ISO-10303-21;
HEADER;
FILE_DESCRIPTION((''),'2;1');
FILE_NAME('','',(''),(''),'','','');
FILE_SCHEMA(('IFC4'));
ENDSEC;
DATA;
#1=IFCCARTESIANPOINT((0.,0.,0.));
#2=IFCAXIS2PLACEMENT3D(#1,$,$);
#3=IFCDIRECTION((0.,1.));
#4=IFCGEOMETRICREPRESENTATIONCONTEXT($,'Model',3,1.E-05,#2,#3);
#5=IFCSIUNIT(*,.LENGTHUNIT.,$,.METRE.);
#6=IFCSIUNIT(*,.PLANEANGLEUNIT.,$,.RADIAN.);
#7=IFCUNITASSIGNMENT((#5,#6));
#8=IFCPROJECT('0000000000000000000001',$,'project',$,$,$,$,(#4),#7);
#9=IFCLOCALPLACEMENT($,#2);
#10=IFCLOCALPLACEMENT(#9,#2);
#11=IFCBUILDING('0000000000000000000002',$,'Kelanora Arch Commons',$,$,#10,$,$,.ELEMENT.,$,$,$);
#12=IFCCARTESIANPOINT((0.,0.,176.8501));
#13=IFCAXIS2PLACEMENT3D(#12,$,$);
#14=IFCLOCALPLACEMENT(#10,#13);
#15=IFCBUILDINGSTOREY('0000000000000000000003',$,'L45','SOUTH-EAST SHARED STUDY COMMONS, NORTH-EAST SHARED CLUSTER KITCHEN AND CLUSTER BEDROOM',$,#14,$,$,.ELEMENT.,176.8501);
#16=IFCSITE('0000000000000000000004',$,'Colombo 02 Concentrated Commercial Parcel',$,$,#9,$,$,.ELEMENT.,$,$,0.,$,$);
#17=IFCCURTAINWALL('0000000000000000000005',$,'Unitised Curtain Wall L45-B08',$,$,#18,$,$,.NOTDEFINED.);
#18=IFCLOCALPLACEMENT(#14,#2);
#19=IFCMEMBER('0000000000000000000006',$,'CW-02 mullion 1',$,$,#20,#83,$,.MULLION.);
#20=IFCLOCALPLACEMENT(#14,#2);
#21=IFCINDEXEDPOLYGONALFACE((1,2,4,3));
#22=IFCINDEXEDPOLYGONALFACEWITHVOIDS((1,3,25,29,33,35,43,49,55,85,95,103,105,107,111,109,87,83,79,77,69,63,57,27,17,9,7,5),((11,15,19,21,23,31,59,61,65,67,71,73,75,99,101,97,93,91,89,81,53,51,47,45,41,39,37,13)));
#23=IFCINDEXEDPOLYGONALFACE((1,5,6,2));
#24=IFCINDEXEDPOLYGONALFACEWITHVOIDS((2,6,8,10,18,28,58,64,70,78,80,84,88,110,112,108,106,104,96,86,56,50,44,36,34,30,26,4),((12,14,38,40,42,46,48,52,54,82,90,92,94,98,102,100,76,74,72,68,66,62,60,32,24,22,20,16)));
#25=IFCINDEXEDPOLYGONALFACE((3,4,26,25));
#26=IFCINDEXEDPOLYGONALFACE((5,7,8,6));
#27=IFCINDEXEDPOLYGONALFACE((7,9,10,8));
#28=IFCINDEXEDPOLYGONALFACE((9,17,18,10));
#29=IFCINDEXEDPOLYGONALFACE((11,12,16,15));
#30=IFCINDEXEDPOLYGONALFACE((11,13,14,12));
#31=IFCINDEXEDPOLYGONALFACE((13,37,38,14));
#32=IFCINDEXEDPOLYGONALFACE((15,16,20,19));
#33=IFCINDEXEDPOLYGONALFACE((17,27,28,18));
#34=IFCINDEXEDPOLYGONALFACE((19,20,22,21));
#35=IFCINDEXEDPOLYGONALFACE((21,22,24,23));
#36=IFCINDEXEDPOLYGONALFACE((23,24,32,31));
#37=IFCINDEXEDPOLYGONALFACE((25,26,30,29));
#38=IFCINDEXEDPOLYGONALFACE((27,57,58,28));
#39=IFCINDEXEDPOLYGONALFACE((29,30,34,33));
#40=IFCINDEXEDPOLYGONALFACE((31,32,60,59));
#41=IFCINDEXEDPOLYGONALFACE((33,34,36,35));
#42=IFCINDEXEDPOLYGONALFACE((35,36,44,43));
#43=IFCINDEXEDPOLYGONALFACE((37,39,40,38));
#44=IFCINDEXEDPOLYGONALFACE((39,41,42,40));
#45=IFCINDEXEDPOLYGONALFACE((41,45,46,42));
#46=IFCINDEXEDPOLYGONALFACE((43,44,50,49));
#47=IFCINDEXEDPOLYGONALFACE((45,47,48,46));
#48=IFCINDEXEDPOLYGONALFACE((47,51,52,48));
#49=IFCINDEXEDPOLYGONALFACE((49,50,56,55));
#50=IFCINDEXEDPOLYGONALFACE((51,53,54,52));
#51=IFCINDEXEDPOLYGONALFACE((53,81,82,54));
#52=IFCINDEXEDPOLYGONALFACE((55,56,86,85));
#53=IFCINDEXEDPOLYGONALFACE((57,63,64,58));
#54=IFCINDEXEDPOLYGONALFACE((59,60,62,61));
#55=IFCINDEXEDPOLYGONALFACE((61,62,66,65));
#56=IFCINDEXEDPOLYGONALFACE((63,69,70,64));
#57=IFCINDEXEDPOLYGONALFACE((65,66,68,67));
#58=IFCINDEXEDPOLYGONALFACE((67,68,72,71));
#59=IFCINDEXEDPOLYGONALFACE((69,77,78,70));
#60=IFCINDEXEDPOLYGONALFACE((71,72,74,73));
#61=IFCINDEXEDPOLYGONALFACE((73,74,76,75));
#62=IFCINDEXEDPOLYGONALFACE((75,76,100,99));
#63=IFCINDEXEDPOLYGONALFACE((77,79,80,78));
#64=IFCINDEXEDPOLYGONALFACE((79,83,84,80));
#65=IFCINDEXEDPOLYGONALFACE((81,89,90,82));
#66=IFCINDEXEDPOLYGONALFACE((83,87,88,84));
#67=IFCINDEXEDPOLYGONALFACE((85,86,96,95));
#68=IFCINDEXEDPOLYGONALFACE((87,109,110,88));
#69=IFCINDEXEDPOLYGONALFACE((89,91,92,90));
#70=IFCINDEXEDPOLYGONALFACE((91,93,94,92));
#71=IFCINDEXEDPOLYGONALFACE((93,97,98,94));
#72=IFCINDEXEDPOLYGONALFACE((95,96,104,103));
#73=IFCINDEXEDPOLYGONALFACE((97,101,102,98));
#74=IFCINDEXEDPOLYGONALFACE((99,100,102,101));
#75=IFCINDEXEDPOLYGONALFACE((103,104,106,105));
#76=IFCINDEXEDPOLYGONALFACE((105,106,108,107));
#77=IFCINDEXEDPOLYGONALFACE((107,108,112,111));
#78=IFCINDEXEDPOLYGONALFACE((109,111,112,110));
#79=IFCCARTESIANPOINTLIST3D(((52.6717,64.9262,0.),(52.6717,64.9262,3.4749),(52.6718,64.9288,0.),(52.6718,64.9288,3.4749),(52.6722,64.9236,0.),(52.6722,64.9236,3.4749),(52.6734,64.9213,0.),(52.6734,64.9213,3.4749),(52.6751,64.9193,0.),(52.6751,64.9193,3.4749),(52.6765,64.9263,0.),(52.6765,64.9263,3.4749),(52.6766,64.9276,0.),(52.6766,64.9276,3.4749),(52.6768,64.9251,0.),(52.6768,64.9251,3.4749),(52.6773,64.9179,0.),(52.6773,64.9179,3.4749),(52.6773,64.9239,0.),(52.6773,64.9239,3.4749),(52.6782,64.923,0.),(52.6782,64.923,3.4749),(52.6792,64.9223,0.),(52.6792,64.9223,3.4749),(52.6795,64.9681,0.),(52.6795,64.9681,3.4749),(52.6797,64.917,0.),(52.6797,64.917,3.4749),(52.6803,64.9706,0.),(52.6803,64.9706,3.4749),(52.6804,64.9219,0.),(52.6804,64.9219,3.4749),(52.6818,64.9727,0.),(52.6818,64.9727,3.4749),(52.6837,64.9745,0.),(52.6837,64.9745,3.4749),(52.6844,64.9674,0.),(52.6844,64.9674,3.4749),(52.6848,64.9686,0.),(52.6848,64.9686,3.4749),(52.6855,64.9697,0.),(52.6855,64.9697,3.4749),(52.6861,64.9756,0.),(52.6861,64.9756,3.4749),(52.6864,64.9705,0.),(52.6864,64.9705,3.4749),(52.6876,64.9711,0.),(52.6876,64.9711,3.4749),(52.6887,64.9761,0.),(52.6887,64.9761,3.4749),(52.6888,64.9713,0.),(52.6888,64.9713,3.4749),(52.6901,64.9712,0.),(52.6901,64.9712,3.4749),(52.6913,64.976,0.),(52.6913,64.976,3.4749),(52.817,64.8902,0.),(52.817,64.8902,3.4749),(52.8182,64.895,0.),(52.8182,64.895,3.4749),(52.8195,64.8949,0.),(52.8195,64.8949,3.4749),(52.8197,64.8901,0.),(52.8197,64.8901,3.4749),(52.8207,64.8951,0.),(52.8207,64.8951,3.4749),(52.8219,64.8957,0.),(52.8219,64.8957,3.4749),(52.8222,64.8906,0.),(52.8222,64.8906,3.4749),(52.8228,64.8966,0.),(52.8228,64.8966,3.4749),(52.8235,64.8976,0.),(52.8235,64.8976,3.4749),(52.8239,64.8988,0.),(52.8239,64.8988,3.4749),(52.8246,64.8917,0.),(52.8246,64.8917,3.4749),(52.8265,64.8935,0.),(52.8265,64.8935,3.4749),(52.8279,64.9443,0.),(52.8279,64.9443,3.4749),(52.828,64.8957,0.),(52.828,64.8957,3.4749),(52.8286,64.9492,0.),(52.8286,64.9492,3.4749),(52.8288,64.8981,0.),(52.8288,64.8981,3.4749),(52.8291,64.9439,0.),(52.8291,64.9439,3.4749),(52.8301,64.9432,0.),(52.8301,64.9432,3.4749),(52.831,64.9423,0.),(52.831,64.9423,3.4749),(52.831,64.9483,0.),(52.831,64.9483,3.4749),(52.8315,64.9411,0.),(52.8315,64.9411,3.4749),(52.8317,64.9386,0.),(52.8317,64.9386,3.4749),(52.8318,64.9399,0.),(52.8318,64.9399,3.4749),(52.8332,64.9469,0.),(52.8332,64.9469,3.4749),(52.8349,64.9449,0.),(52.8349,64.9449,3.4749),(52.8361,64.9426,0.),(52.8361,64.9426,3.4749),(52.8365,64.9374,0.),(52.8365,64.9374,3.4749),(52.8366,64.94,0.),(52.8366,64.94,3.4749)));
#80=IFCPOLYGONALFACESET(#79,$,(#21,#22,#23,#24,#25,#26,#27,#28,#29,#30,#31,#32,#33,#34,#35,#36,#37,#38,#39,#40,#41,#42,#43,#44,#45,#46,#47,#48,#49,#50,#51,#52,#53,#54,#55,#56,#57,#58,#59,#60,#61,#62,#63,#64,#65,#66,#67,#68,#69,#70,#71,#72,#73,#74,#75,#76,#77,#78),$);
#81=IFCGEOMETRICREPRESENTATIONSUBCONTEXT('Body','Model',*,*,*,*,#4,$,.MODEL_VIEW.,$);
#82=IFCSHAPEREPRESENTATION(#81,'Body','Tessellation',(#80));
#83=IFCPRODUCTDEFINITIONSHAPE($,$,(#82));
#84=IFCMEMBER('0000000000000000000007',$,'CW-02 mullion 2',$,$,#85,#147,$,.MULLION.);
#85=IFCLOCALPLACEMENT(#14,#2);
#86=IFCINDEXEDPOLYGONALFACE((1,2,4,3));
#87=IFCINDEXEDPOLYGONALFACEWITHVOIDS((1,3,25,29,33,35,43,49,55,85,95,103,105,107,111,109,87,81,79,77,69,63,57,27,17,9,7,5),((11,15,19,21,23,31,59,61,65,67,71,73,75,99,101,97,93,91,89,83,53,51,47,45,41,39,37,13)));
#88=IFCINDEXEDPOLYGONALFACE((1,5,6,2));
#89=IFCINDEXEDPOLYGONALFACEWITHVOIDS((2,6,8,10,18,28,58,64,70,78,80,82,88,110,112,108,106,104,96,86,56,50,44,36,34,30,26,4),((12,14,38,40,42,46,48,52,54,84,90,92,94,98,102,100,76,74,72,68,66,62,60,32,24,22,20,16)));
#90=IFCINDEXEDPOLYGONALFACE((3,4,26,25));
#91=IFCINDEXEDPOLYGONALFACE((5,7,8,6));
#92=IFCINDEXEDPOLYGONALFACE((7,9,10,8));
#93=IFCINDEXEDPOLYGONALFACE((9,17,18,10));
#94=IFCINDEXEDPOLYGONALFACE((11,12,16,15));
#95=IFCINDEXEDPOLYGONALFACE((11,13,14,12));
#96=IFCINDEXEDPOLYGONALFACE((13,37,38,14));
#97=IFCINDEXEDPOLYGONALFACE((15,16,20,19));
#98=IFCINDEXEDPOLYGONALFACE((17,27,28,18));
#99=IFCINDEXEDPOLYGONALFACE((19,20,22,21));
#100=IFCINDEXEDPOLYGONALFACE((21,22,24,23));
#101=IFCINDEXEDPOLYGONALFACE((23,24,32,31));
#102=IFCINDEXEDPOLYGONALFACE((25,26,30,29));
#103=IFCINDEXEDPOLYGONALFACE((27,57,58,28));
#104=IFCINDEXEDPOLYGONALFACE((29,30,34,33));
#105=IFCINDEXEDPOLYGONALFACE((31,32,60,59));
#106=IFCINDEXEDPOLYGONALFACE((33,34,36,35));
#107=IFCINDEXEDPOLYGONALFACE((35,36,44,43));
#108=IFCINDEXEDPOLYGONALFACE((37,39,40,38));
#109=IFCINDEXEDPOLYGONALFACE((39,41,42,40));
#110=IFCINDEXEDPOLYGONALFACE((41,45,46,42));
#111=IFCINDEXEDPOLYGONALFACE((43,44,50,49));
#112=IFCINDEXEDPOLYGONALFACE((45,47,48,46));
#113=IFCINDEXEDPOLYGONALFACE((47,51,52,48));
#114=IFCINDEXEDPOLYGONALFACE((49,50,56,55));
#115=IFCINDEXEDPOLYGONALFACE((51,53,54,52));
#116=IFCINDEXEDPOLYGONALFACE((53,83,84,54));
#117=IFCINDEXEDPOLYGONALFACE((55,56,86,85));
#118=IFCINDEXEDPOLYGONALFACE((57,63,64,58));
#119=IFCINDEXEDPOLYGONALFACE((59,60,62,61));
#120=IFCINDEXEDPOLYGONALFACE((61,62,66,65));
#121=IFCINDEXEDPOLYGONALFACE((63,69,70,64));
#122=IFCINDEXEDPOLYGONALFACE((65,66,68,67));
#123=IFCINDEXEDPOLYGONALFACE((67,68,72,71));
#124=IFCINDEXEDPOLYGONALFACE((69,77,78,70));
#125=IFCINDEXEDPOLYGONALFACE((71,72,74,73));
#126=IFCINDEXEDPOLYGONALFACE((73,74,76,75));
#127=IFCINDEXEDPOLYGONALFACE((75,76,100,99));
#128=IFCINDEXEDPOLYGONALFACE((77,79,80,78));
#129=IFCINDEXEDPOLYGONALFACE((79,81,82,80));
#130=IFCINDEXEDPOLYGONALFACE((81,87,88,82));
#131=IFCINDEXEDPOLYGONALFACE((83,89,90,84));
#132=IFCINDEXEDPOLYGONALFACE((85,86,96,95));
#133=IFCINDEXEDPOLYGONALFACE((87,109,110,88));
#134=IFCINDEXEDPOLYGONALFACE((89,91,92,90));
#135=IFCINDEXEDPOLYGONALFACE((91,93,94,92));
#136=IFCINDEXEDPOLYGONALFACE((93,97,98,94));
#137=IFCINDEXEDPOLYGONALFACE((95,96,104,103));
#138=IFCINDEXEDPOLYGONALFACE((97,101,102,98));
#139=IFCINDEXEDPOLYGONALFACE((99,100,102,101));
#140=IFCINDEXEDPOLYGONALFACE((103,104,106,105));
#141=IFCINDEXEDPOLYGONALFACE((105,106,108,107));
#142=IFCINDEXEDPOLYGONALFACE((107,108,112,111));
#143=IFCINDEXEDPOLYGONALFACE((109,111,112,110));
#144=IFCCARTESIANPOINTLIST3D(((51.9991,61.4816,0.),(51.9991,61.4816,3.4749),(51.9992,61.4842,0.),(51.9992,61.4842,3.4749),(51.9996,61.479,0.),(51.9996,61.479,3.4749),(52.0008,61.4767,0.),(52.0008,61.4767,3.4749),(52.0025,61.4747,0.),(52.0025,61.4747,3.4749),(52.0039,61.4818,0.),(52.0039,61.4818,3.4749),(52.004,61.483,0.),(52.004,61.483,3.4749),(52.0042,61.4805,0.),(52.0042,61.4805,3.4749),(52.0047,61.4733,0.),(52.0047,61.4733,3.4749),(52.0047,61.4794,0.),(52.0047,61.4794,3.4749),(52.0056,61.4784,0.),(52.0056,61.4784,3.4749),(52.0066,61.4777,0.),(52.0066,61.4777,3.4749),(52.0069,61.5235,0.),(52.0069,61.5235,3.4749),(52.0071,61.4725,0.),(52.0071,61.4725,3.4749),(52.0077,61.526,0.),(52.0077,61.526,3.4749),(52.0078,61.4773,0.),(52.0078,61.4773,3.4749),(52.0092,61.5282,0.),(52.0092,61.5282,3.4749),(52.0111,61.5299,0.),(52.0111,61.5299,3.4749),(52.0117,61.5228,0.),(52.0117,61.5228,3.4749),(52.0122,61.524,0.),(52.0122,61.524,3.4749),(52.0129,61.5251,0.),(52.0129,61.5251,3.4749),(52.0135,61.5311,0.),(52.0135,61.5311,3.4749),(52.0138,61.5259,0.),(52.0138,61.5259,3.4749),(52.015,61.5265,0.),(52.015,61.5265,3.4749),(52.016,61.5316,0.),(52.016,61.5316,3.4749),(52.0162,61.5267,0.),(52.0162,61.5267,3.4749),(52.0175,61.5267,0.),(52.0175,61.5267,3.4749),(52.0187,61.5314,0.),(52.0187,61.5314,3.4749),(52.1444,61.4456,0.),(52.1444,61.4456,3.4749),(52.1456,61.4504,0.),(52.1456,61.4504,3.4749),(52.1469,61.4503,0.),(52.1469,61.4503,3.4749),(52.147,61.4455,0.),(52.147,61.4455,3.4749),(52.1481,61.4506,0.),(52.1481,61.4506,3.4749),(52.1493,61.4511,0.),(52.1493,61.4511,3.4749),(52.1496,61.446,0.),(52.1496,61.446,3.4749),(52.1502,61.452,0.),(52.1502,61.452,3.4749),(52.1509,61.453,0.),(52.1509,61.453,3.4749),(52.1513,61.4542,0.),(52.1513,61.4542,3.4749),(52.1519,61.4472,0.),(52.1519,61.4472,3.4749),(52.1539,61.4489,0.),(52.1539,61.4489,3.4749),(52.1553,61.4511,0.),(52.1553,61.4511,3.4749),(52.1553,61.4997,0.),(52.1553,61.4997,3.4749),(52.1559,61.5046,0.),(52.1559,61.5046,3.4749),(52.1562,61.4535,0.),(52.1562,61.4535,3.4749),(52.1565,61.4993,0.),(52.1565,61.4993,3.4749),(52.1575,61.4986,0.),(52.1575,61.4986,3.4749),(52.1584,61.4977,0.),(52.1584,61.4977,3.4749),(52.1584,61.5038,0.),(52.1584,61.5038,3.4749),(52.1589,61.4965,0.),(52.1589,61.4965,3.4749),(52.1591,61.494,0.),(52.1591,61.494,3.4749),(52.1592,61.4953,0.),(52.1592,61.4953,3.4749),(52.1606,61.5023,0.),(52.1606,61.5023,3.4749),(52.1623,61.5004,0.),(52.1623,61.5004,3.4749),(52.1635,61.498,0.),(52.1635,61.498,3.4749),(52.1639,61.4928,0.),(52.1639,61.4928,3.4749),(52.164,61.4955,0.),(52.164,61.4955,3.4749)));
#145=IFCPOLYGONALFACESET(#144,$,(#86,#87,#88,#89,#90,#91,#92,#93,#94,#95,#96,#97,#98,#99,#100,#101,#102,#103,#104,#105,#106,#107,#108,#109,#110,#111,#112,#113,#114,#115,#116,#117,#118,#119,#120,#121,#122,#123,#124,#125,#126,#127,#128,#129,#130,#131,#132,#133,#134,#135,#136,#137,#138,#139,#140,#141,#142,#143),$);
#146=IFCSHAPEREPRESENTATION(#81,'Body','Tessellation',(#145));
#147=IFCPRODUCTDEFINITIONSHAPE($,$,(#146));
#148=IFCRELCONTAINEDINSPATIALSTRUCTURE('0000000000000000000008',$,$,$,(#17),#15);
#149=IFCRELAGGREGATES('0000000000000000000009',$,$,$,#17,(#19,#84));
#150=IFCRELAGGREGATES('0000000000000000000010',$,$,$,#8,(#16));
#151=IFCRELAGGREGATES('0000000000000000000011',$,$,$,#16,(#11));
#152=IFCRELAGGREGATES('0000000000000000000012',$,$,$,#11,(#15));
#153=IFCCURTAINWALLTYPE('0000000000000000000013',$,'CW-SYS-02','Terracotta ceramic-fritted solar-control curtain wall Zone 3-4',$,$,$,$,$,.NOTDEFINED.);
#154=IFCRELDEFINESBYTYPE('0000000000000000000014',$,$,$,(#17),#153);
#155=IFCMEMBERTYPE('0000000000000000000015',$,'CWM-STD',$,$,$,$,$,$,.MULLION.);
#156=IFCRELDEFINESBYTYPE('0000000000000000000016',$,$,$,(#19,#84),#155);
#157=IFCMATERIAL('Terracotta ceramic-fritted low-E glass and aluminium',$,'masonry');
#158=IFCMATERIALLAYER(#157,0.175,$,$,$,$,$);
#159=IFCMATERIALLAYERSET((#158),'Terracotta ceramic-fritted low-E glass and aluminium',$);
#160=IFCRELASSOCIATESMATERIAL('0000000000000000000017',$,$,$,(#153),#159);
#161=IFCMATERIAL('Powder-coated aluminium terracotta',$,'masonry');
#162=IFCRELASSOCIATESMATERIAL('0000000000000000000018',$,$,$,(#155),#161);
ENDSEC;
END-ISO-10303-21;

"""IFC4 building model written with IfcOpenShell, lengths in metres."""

from ifc_helpers import new_model, si_unit, direction, frame, origin, origin_2d, place, context, subcontext, project, spatial, hollow_rectangle, extrude, material, layer, layer_set, material_profile, profile_set, type_object, element, aggregate, save


model = new_model("IFC4")

# Units and contexts
model_context = context("Model", 3, precision=1e-05, world=origin(), true_north=direction((0.0, 1.0)))
body_context = subcontext(model_context, "Body", "Model", "MODEL_VIEW")
ifc_project = project(units=[si_unit("LENGTHUNIT", "METRE"), si_unit("PLANEANGLEUNIT", "RADIAN")], contexts=[model_context])

# Site, building, storey
site_placement = place(None, origin())
site = spatial("IfcSite", under=ifc_project, at=site_placement, Name="Colombo 02 Concentrated Commercial Parcel", CompositionType="ELEMENT", RefElevation=0.0)
building_placement = place(site_placement, origin())
building = spatial("IfcBuilding", under=site, at=building_placement, Name="Kelanora Arch Commons", CompositionType="ELEMENT")
storey_placement = place(building_placement, frame((0.0, 0.0, 176.8501)))
storey = spatial("IfcBuildingStorey", under=building, at=storey_placement, Name="L45", Description="SOUTH-EAST SHARED STUDY COMMONS, NORTH-EAST SHARED CLUSTER KITCHEN AND CLUSTER BEDROOM", CompositionType="ELEMENT", Elevation=176.8501)

# Curtain wall, members
ifc_material_1 = material(Name="Terracotta ceramic-fritted low-E glass and aluminium", Category="masonry")
ifc_layer_1 = layer(ifc_material_1, 0.175)
ifc_layer_set_1 = layer_set([ifc_layer_1], Name="Terracotta ceramic-fritted low-E glass and aluminium")
curtain_wall_type = type_object("IfcCurtainWallType", Name="CW-SYS-02", Description="Terracotta ceramic-fritted solar-control curtain wall Zone 3-4", PredefinedType="NOTDEFINED", material=ifc_layer_set_1)
curtain_wall_placement = place(storey_placement, origin())
curtain_wall = element("IfcCurtainWall", 1, at=curtain_wall_placement, inside=storey, type_object=curtain_wall_type, Name="Unitised Curtain Wall L45-B08", PredefinedType="NOTDEFINED")
ifc_material_2 = material(Name="Powder-coated aluminium terracotta", Category="masonry")
ifc_material_profile_1 = material_profile(ifc_material_2, hollow_rectangle(XDim=0.1599, YDim=0.0601, WallThickness=0.0049, InnerFilletRadius=0.0049, OuterFilletRadius=0.01, at=origin_2d()), Name="CWM160x60")
ifc_profile_set_1 = profile_set([ifc_material_profile_1], Name="Powder-coated aluminium terracotta")
member_type_1 = type_object("IfcMemberType", Name="CWM-STD", PredefinedType="MULLION", material=ifc_profile_set_1)
member_1_placement = place(storey_placement, frame((52.7542, 64.9331, 0.0), z_axis=(0.0, 0.0, 1.0), x_axis=(0.981453, -0.191705, 0.0)))
member_1 = element("IfcMember", 2, at=member_1_placement, type_object=member_type_1, Name="CW-02 mullion 1", PredefinedType="MULLION", context=body_context, shape_type="SweptSolid", body=[
    extrude(hollow_rectangle(XDim=0.1599, YDim=0.0601, WallThickness=0.0049, InnerFilletRadius=0.0049, OuterFilletRadius=0.01, at=origin_2d()), origin(), (0.0, 0.0, 1.0), 3.4749),
])
member_2_placement = place(storey_placement, frame((52.0815, 61.4885, 0.0), z_axis=(0.0, 0.0, 1.0), x_axis=(0.981453, -0.191705, 0.0)))
member_2 = element("IfcMember", 3, at=member_2_placement, type_object=member_type_1, Name="CW-02 mullion 2", PredefinedType="MULLION", context=body_context, shape_type="SweptSolid", body=[
    extrude(hollow_rectangle(XDim=0.1599, YDim=0.0601, WallThickness=0.0049, InnerFilletRadius=0.0049, OuterFilletRadius=0.01, at=origin_2d()), origin(), (0.0, 0.0, 1.0), 3.4749),
])
aggregate(curtain_wall, [member_1, member_2])

save(model, "model.ifc")
